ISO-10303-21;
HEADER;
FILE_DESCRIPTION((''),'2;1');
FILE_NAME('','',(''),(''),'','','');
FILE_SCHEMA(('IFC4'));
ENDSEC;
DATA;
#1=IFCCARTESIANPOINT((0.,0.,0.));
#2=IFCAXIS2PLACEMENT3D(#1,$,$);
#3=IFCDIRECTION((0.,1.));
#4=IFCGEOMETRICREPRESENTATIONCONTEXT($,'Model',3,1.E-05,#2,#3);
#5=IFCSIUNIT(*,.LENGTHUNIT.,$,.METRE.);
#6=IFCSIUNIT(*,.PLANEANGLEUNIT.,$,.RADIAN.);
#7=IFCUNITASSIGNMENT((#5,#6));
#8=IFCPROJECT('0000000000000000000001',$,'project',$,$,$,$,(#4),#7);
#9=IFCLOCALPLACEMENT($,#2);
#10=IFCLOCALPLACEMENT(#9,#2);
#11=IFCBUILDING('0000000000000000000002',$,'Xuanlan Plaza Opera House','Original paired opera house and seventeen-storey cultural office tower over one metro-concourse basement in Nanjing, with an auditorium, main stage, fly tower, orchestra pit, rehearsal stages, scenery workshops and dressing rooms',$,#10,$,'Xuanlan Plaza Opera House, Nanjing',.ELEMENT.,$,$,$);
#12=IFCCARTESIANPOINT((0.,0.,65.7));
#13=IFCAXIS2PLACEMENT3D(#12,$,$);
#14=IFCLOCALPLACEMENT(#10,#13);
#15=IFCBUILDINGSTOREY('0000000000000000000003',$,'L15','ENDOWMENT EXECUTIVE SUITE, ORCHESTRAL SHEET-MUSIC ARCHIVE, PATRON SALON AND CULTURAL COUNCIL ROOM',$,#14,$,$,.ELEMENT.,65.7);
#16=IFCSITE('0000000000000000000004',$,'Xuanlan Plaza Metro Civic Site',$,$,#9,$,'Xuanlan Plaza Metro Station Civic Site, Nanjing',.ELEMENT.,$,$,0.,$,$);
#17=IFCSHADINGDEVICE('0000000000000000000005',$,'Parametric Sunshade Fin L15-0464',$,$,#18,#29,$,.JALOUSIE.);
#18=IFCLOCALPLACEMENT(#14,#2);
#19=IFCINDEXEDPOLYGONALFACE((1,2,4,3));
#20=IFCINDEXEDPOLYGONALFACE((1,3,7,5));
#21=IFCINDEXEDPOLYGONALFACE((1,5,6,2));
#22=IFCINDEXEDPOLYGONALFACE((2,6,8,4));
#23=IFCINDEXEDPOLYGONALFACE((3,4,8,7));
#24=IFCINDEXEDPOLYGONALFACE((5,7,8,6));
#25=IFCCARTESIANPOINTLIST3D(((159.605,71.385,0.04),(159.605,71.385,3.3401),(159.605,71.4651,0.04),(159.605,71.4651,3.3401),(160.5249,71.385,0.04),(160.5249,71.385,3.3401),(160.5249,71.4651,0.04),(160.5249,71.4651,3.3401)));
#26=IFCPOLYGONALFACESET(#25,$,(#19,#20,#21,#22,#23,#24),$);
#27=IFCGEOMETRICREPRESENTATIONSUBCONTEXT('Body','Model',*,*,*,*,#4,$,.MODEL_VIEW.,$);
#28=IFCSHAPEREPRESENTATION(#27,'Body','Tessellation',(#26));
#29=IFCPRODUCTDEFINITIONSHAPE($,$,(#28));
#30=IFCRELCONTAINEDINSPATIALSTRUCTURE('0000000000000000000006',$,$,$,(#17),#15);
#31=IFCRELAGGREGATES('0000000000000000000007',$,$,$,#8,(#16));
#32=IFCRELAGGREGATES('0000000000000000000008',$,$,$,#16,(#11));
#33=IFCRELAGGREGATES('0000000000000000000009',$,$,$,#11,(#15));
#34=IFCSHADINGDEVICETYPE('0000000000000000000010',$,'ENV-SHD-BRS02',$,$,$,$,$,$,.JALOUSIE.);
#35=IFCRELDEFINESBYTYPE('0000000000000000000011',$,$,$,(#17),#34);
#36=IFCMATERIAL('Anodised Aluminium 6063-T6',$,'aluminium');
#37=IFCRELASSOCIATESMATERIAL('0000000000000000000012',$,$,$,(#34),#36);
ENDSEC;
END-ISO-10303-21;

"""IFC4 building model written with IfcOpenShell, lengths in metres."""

from ifc_helpers import new_model, si_unit, direction, frame, origin, origin_2d, place, context, subcontext, project, spatial, rectangle, extrude, material, type_object, element, save


model = new_model("IFC4")

# Units and contexts
model_context = context("Model", 3, precision=1e-05, world=origin(), true_north=direction((0.0, 1.0)))
body_context = subcontext(model_context, "Body", "Model", "MODEL_VIEW")
ifc_project = project(units=[si_unit("LENGTHUNIT", "METRE"), si_unit("PLANEANGLEUNIT", "RADIAN")], contexts=[model_context])

# Site, building, storey
site_placement = place(None, origin())
site = spatial("IfcSite", under=ifc_project, at=site_placement, Name="Xuanlan Plaza Metro Civic Site", LongName="Xuanlan Plaza Metro Station Civic Site, Nanjing", CompositionType="ELEMENT", RefElevation=0.0)
building_placement = place(site_placement, origin())
building = spatial("IfcBuilding", under=site, at=building_placement, Name="Xuanlan Plaza Opera House", Description="Original paired opera house and seventeen-storey cultural office tower over one metro-concourse basement in Nanjing, with an auditorium, main stage, fly tower, orchestra pit, rehearsal stages, scenery workshops and dressing rooms", LongName="Xuanlan Plaza Opera House, Nanjing", CompositionType="ELEMENT")
storey_placement = place(building_placement, frame((0.0, 0.0, 65.7)))
storey = spatial("IfcBuildingStorey", under=building, at=storey_placement, Name="L15", Description="ENDOWMENT EXECUTIVE SUITE, ORCHESTRAL SHEET-MUSIC ARCHIVE, PATRON SALON AND CULTURAL COUNCIL ROOM", CompositionType="ELEMENT", Elevation=65.7)

# Shared definitions
ifc_material_1 = material(Name="Anodised Aluminium 6063-T6", Category="aluminium")

# Shading device
shading_device_type = type_object("IfcShadingDeviceType", Name="ENV-SHD-BRS02", PredefinedType="JALOUSIE", material=ifc_material_1)
for number, where, z_axis, x_axis, name in (
    (1, (160.0649, 71.425, 0.04), (0.0, 0.0, 1.0), (1.0, 0.0, 0.0), "Parametric Sunshade Fin L15-0464"),
):
    element("IfcShadingDevice", number, at=place(storey_placement, frame(where, z_axis=z_axis, x_axis=x_axis)), inside=storey, type_object=shading_device_type, Name=name, PredefinedType="JALOUSIE", context=body_context, shape_type="SweptSolid", body=[
        extrude(rectangle(XDim=0.9199, YDim=0.0801, at=origin_2d()), origin(), (0.0, 0.0, 1.0), 3.3),
    ])

save(model, "model.ifc")
